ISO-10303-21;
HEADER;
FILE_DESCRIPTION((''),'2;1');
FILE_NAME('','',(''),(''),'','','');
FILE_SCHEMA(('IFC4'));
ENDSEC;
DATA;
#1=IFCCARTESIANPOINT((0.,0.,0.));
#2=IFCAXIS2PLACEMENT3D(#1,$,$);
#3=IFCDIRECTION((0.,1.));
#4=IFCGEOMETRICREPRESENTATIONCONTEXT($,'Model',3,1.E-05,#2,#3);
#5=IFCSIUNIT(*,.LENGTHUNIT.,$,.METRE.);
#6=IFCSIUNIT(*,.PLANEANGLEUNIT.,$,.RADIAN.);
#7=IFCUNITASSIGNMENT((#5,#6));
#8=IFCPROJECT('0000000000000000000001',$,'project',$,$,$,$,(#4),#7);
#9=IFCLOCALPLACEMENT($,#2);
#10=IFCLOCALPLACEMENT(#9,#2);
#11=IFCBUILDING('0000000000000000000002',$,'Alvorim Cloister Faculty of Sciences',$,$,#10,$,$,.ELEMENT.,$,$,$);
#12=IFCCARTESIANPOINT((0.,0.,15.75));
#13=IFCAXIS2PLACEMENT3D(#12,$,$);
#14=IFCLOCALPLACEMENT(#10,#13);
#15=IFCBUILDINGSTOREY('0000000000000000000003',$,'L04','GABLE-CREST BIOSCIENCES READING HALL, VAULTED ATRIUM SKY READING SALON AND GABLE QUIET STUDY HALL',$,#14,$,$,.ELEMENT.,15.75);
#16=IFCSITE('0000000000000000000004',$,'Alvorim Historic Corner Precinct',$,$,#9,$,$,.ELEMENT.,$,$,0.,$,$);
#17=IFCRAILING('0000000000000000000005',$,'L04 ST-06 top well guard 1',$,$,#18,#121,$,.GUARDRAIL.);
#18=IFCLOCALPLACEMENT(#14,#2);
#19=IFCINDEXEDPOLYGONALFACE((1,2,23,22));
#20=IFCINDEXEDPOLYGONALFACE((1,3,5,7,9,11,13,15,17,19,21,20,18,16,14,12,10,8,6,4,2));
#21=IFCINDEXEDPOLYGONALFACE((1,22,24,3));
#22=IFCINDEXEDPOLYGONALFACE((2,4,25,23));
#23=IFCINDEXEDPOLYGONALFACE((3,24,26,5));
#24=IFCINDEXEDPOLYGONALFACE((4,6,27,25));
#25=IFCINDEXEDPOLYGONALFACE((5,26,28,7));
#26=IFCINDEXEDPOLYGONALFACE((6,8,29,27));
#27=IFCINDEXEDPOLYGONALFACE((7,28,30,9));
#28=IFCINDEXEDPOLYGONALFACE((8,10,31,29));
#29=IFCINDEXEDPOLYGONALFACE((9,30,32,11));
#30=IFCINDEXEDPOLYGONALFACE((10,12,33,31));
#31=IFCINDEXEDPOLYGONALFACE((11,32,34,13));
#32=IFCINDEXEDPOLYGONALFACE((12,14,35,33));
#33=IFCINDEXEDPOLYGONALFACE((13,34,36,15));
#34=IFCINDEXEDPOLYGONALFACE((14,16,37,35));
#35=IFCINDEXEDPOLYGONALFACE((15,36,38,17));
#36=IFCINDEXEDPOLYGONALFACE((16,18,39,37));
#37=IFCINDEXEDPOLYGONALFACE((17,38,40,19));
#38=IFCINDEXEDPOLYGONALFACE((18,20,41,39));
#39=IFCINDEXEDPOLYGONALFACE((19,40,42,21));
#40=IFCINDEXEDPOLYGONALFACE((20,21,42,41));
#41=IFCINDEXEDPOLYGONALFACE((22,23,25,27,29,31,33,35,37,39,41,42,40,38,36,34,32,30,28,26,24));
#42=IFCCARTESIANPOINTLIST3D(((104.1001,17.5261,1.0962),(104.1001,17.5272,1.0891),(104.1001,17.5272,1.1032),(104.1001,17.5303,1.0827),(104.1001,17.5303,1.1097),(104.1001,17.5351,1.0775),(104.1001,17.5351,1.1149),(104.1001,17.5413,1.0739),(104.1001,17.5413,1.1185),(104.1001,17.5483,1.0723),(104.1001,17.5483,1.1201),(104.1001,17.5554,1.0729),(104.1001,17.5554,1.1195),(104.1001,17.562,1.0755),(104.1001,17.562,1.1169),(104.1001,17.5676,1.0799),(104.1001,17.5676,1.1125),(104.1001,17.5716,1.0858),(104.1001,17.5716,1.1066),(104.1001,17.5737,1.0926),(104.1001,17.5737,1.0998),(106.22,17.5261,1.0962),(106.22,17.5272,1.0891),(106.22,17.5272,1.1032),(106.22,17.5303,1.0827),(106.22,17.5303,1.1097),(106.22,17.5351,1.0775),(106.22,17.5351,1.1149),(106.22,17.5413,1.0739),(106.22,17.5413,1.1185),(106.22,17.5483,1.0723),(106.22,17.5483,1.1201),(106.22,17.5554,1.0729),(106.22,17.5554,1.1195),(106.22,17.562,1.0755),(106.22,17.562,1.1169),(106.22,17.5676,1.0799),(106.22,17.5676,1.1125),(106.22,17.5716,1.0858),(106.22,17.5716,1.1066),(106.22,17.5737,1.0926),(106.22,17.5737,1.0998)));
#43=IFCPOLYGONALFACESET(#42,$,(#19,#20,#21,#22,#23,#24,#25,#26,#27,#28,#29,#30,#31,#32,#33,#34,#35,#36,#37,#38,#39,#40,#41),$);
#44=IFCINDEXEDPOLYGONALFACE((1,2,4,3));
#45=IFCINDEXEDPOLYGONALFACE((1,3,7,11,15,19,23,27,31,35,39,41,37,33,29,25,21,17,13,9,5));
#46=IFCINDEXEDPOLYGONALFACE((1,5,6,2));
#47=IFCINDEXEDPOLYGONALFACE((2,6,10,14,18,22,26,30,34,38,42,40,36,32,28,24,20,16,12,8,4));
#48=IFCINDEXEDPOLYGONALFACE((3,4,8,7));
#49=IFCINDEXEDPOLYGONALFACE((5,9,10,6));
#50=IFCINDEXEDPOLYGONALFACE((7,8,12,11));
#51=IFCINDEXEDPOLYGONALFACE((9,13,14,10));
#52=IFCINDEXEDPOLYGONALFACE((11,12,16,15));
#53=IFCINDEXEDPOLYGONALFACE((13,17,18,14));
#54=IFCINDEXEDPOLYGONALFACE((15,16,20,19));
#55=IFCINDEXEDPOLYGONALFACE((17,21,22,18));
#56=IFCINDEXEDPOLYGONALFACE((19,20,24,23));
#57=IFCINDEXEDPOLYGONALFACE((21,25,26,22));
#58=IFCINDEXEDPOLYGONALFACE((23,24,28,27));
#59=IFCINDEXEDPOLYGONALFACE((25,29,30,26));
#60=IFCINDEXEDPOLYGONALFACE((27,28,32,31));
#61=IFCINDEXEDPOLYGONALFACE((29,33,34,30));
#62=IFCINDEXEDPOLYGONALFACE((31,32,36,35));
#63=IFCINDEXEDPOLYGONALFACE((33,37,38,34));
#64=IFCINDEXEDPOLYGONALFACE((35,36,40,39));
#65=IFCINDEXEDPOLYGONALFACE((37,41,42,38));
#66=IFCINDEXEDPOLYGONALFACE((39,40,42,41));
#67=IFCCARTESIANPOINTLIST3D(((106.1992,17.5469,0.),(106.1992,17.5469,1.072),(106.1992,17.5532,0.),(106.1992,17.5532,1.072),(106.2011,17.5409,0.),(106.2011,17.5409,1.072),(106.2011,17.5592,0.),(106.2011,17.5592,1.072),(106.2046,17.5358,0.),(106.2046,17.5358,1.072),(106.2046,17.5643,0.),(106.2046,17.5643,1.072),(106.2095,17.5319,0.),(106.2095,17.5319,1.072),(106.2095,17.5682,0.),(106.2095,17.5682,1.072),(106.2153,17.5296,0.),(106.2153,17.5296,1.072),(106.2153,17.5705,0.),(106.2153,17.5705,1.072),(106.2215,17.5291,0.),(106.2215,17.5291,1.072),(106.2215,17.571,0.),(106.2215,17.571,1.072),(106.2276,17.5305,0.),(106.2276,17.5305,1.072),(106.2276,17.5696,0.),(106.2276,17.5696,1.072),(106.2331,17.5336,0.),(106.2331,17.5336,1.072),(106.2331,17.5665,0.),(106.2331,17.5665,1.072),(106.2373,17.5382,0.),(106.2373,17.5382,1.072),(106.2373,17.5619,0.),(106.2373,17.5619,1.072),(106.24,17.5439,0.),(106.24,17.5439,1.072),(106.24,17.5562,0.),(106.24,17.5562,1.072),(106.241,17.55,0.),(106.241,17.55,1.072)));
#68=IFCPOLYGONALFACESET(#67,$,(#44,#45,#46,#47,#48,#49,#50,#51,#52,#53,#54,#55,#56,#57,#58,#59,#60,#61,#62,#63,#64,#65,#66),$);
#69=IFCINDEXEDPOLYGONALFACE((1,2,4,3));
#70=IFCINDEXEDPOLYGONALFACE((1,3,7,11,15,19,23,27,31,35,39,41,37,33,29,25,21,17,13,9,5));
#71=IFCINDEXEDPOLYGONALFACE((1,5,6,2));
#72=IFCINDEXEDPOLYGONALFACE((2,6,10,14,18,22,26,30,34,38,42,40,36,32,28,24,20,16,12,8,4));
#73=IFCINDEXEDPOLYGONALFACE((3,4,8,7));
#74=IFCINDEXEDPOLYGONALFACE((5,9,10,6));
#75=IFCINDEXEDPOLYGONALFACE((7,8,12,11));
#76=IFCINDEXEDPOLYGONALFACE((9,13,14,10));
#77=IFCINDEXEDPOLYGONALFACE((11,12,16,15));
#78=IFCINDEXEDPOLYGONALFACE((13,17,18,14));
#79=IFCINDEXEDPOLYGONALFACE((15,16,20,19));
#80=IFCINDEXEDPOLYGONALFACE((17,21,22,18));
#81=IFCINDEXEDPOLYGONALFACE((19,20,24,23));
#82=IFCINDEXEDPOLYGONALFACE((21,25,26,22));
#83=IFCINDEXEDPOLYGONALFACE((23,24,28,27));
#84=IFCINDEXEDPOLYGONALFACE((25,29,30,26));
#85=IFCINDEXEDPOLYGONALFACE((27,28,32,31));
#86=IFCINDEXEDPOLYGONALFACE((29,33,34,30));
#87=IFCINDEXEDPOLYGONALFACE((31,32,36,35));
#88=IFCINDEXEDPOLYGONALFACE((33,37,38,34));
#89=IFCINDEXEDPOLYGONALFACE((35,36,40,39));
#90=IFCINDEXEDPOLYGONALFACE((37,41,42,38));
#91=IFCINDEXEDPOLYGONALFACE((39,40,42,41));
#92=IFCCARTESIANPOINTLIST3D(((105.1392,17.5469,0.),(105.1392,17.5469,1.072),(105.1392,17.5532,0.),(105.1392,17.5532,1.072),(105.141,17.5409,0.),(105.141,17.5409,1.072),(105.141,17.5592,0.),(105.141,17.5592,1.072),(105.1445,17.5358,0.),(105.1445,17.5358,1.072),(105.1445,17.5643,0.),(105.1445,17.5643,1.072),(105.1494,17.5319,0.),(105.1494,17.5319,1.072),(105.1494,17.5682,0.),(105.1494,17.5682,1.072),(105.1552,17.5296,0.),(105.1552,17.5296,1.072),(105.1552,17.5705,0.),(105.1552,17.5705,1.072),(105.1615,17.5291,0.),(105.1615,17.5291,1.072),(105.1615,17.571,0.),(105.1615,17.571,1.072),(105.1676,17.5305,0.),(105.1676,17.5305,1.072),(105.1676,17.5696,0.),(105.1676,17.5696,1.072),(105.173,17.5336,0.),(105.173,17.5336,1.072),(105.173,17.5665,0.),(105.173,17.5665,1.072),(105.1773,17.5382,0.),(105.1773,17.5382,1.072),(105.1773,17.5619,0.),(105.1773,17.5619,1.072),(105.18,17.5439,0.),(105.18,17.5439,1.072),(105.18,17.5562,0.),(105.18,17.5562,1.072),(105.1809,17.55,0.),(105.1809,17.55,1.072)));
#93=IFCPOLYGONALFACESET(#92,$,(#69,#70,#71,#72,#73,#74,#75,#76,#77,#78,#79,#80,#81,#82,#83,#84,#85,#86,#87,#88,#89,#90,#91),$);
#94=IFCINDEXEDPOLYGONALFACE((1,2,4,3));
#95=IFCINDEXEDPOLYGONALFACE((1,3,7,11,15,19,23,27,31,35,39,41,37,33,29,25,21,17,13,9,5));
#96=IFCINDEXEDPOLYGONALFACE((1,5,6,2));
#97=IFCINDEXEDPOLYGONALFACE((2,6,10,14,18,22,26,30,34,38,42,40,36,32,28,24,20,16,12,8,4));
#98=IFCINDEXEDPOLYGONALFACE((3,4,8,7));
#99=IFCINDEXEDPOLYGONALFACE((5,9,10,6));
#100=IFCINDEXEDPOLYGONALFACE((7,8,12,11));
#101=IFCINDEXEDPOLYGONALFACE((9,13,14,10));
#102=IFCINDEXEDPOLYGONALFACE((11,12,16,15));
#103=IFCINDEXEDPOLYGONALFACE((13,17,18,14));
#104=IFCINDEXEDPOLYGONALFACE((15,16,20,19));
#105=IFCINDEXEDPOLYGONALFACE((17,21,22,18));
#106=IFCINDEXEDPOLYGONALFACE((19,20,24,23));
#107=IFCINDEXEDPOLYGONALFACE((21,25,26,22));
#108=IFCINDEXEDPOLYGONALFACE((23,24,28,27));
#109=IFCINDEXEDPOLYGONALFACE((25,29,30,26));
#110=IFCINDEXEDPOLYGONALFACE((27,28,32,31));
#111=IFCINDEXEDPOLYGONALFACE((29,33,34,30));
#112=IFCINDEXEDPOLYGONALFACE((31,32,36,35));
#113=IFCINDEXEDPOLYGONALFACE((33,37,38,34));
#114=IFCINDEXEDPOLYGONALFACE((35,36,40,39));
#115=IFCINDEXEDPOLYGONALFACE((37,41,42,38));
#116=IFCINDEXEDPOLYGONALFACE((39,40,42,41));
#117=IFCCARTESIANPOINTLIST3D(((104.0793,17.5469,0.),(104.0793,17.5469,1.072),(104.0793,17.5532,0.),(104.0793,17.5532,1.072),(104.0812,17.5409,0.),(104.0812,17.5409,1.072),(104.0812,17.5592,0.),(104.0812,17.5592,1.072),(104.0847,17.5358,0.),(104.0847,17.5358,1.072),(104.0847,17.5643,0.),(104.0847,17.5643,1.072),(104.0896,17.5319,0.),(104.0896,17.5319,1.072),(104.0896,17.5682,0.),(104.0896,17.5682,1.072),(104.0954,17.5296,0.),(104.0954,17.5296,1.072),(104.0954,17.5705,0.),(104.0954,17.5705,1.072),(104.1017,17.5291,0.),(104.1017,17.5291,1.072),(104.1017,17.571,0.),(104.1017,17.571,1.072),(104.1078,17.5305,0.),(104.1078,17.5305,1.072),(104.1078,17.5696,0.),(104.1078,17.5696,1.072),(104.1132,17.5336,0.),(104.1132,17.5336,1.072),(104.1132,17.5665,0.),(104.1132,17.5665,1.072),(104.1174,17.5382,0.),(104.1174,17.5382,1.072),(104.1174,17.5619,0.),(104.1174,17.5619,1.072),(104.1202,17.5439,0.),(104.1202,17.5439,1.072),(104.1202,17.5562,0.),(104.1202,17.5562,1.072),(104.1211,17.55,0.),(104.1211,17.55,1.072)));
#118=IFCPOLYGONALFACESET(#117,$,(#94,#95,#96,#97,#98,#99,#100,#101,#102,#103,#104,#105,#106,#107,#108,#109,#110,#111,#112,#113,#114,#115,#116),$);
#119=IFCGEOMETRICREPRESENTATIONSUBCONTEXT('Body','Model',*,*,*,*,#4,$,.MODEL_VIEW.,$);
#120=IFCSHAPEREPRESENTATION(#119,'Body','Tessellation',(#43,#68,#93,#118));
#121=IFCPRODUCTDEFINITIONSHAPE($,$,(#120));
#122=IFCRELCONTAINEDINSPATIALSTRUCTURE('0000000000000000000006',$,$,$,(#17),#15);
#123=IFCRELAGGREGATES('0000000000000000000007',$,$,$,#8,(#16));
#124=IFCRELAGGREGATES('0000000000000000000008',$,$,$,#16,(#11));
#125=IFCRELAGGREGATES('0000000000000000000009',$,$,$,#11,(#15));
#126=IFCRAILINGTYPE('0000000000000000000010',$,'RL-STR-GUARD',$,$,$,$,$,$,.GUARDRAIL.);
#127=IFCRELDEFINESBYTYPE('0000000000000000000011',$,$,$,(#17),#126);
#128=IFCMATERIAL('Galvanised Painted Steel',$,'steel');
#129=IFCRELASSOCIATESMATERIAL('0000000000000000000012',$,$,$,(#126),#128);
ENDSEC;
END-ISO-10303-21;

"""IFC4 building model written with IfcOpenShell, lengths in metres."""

from ifc_helpers import new_model, si_unit, direction, frame, origin, origin_2d, place, context, subcontext, project, spatial, circle, extrude, material, type_object, element, save


model = new_model("IFC4")

# Units and contexts
model_context = context("Model", 3, precision=1e-05, world=origin(), true_north=direction((0.0, 1.0)))
body_context = subcontext(model_context, "Body", "Model", "MODEL_VIEW")
ifc_project = project(units=[si_unit("LENGTHUNIT", "METRE"), si_unit("PLANEANGLEUNIT", "RADIAN")], contexts=[model_context])

# Site, building, storey
site_placement = place(None, origin())
site = spatial("IfcSite", under=ifc_project, at=site_placement, Name="Alvorim Historic Corner Precinct", CompositionType="ELEMENT", RefElevation=0.0)
building_placement = place(site_placement, origin())
building = spatial("IfcBuilding", under=site, at=building_placement, Name="Alvorim Cloister Faculty of Sciences", CompositionType="ELEMENT")
storey_placement = place(building_placement, frame((0.0, 0.0, 15.75)))
storey = spatial("IfcBuildingStorey", under=building, at=storey_placement, Name="L04", Description="GABLE-CREST BIOSCIENCES READING HALL, VAULTED ATRIUM SKY READING SALON AND GABLE QUIET STUDY HALL", CompositionType="ELEMENT", Elevation=15.75)

# Railing
ifc_material_1 = material(Name="Galvanised Painted Steel", Category="steel")
railing_type = type_object("IfcRailingType", Name="RL-STR-GUARD", PredefinedType="GUARDRAIL", material=ifc_material_1)
railing_placement = place(storey_placement, frame((106.22, 17.55, 0.0)))
element("IfcRailing", 1, at=railing_placement, inside=storey, type_object=railing_type, Name="L04 ST-06 top well guard 1", PredefinedType="GUARDRAIL", context=body_context, shape_type="SweptSolid", body=[
    extrude(circle(Radius=0.0239, at=origin_2d()), frame((0.0, 0.0, 1.0962), z_axis=(-1.0, 0.0, 0.0), x_axis=(0.0, -1.0, 0.0)), (0.0, 0.0, 1.0), 2.1199),
    extrude(circle(Radius=0.021, at=origin_2d()), origin(), (0.0, 0.0, 1.0), 1.072),
    extrude(circle(Radius=0.021, at=origin_2d()), frame((-1.0601, 0.0, 0.0)), (0.0, 0.0, 1.0), 1.072),
    extrude(circle(Radius=0.021, at=origin_2d()), frame((-2.1199, 0.0, 0.0)), (0.0, 0.0, 1.0), 1.072),
])

save(model, "model.ifc")
